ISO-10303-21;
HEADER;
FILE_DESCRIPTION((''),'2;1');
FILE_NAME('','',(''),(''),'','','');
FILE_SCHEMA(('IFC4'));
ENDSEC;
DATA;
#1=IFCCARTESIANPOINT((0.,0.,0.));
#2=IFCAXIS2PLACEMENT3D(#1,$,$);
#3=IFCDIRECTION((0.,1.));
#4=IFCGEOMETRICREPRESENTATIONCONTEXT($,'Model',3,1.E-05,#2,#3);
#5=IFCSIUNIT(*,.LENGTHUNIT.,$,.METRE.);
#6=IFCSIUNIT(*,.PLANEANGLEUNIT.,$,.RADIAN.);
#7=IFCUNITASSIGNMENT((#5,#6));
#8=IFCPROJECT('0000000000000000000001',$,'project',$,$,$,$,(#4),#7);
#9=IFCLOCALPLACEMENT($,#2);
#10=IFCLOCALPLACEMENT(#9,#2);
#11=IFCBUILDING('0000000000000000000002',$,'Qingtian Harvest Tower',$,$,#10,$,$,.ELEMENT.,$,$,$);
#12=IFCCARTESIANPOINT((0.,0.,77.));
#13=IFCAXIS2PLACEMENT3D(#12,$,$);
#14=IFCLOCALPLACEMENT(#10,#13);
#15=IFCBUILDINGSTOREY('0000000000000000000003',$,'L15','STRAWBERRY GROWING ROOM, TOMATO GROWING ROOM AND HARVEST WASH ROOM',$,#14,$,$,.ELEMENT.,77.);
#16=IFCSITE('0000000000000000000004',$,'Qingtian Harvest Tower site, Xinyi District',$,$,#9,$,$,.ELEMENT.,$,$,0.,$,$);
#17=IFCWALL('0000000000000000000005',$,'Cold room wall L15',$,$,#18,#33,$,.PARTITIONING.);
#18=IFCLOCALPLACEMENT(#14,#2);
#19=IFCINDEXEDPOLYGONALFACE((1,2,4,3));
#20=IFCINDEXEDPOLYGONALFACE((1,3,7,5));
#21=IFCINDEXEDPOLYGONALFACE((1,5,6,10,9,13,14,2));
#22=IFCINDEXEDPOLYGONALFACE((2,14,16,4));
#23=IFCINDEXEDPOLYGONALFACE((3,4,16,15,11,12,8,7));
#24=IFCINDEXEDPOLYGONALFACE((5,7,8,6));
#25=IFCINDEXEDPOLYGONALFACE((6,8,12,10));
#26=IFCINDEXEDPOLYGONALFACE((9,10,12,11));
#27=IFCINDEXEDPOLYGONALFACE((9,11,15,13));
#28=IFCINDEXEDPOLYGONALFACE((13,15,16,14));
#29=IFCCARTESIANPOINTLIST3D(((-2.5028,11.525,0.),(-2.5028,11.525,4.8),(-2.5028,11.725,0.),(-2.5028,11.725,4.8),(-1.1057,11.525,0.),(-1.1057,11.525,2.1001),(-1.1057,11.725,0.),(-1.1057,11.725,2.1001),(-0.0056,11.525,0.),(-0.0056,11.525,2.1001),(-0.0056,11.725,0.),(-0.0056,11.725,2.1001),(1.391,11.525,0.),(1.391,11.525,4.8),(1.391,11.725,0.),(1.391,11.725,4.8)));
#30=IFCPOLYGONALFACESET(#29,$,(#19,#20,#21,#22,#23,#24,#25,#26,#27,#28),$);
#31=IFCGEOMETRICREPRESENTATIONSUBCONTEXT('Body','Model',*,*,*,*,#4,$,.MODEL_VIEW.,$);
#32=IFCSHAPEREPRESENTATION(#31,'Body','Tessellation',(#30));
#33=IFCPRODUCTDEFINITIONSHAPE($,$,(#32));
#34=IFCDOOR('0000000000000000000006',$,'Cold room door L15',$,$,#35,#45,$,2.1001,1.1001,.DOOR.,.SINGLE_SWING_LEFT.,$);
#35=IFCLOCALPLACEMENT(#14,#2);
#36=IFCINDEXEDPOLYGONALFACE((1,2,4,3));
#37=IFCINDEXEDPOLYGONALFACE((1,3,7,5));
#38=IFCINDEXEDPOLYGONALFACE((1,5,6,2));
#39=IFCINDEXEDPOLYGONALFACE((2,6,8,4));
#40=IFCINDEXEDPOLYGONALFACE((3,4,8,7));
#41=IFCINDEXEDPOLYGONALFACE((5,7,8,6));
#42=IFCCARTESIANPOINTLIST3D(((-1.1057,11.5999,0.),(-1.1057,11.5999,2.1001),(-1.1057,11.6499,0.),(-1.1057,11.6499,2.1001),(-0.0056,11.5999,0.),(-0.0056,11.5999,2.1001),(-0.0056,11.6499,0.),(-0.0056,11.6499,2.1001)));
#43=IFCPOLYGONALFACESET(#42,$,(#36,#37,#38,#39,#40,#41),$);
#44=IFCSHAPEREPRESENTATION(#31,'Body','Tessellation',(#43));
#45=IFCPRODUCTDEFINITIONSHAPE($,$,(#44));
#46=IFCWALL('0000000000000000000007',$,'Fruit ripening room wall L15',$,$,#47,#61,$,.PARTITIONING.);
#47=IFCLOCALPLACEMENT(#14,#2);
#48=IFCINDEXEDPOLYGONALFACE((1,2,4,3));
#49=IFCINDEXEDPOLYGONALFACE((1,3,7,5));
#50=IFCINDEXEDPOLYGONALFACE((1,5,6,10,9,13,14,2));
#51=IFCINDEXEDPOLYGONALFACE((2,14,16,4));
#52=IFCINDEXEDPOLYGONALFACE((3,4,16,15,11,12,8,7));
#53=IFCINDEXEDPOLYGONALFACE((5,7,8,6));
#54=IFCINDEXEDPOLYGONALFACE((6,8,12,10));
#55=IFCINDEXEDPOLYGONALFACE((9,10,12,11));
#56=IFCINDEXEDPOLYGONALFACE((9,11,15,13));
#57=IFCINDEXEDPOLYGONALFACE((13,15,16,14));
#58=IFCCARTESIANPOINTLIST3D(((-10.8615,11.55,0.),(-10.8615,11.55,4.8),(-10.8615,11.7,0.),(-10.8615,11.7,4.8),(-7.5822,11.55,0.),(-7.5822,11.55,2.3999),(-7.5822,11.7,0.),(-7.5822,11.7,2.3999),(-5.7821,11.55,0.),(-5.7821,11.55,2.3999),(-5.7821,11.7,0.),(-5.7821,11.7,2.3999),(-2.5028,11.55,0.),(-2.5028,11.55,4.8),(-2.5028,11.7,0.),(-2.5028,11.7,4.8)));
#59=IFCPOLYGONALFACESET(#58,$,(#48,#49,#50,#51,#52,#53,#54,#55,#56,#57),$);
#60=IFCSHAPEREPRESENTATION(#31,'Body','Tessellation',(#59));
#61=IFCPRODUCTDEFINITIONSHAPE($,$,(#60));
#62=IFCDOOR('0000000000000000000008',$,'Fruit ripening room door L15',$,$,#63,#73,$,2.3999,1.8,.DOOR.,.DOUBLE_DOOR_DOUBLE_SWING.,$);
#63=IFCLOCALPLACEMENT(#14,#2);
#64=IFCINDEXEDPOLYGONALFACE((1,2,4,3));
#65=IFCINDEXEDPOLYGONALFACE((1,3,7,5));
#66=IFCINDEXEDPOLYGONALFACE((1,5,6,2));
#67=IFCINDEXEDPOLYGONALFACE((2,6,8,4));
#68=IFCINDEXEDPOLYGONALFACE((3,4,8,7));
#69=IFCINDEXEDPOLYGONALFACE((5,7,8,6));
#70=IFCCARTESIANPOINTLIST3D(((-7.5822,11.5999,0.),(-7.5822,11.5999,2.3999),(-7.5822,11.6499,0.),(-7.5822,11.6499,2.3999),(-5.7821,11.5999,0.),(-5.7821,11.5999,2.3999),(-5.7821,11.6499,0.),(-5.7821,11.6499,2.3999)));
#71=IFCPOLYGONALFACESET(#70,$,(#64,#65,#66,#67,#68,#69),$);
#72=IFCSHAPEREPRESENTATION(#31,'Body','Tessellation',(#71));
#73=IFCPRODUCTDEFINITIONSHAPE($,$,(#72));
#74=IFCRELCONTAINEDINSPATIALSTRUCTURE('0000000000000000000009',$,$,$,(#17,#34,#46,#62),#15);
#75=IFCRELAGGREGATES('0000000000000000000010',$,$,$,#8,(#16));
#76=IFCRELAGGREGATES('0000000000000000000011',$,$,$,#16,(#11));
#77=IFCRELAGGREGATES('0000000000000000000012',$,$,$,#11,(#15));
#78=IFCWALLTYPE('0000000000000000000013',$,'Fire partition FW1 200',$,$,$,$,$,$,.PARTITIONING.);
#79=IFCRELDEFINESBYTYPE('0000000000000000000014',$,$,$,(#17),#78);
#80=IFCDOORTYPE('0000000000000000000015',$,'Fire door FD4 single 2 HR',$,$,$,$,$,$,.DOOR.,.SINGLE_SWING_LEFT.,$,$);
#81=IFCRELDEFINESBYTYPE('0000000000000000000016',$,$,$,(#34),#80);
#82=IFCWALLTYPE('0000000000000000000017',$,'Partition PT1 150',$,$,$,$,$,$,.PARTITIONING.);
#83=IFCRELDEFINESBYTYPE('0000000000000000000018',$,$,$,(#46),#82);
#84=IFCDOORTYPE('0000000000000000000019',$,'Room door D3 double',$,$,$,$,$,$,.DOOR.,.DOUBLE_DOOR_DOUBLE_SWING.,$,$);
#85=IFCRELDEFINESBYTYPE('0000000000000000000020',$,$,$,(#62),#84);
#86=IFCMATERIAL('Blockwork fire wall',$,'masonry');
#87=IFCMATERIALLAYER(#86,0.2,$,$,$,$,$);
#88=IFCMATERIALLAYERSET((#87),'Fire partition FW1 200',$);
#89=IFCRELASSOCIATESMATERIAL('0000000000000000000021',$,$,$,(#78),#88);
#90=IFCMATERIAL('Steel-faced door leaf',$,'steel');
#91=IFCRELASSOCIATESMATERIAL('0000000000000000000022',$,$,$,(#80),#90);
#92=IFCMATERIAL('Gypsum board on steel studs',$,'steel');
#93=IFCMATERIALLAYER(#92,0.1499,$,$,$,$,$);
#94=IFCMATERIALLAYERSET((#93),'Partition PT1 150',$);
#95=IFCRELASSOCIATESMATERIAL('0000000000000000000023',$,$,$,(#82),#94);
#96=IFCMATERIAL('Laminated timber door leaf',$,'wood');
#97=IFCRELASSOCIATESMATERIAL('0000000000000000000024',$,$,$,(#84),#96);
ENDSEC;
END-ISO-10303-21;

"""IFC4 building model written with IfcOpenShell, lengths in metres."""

from ifc_helpers import new_model, si_unit, direction, frame, frame_2d, origin, place, context, subcontext, project, spatial, rectangle, extrude, material, layer, layer_set, type_object, element, fill, save


model = new_model("IFC4")

# Units and contexts
model_context = context("Model", 3, precision=1e-05, world=origin(), true_north=direction((0.0, 1.0)))
body_context = subcontext(model_context, "Body", "Model", "MODEL_VIEW")
ifc_project = project(units=[si_unit("LENGTHUNIT", "METRE"), si_unit("PLANEANGLEUNIT", "RADIAN")], contexts=[model_context])

# Site, building, storey
site_placement = place(None, origin())
site = spatial("IfcSite", under=ifc_project, at=site_placement, Name="Qingtian Harvest Tower site, Xinyi District", CompositionType="ELEMENT", RefElevation=0.0)
building_placement = place(site_placement, origin())
building = spatial("IfcBuilding", under=site, at=building_placement, Name="Qingtian Harvest Tower", CompositionType="ELEMENT")
storey_placement = place(building_placement, frame((0.0, 0.0, 77.0)))
storey = spatial("IfcBuildingStorey", under=building, at=storey_placement, Name="L15", Description="STRAWBERRY GROWING ROOM, TOMATO GROWING ROOM AND HARVEST WASH ROOM", CompositionType="ELEMENT", Elevation=77.0)

# Shared definitions
ifc_material_1 = material(Name="Blockwork fire wall", Category="masonry")
ifc_layer_1 = layer(ifc_material_1, 0.2)
ifc_layer_set_1 = layer_set([ifc_layer_1], Name="Fire partition FW1 200")
wall_type_1 = type_object("IfcWallType", Name="Fire partition FW1 200", PredefinedType="PARTITIONING", material=ifc_layer_set_1)

# Walls, openings, doors
wall_1_placement = place(storey_placement, frame((-2.5027, 11.625, 0.0), z_axis=(0.0, 0.0, 1.0), x_axis=(1.0, 0.0, 0.0)))
wall_1 = element("IfcWall", 1, at=wall_1_placement, inside=storey, type_object=wall_type_1, Name="Cold room wall L15", PredefinedType="PARTITIONING", context=body_context, shape_type="SweptSolid", body=[
    extrude(rectangle(XDim=3.8938, YDim=0.2, at=frame_2d((1.9468, 0.0))), origin(), (0.0, 0.0, 1.0), 4.8),
])
opening_1_placement = place(wall_1_placement, frame((1.397, 0.0, 0.0)))
opening_1 = element("IfcOpeningElement", 2, at=opening_1_placement, cuts=wall_1, PredefinedType="OPENING", context=body_context, shape_type="SweptSolid", body=[
    extrude(rectangle(XDim=1.1001, YDim=2.1001, at=frame_2d((0.55, 1.05))), frame((0.0, 0.1099, 0.0), z_axis=(0.0, -1.0, 0.0), x_axis=(1.0, 0.0, 0.0)), (0.0, 0.0, 1.0), 0.22),
])
ifc_material_2 = material(Name="Steel-faced door leaf", Category="steel")
door_type_1 = type_object("IfcDoorType", Name="Fire door FD4 single 2 HR", OperationType="SINGLE_SWING_LEFT", PredefinedType="DOOR", material=ifc_material_2)
door_1_placement = place(opening_1_placement, origin())
door_1 = element("IfcDoor", 3, at=door_1_placement, inside=storey, type_object=door_type_1, Name="Cold room door L15", OperationType="SINGLE_SWING_LEFT", OverallHeight=2.1001, OverallWidth=1.1001, PredefinedType="DOOR", context=body_context, shape_type="SweptSolid", body=[
    extrude(rectangle(XDim=1.1001, YDim=2.1001, at=frame_2d((0.55, 1.05))), frame((0.0, 0.0249, 0.0), z_axis=(0.0, -1.0, 0.0), x_axis=(1.0, 0.0, 0.0)), (0.0, 0.0, 1.0), 0.05),
])
fill(opening_1, door_1)
ifc_material_3 = material(Name="Gypsum board on steel studs", Category="steel")
ifc_layer_2 = layer(ifc_material_3, 0.1499)
ifc_layer_set_2 = layer_set([ifc_layer_2], Name="Partition PT1 150")
wall_type_2 = type_object("IfcWallType", Name="Partition PT1 150", PredefinedType="PARTITIONING", material=ifc_layer_set_2)
wall_2_placement = place(storey_placement, frame((-10.8613, 11.625, 0.0), z_axis=(0.0, 0.0, 1.0), x_axis=(1.0, 0.0, 0.0)))
wall_2 = element("IfcWall", 4, at=wall_2_placement, inside=storey, type_object=wall_type_2, Name="Fruit ripening room wall L15", PredefinedType="PARTITIONING", context=body_context, shape_type="SweptSolid", body=[
    extrude(rectangle(XDim=8.3586, YDim=0.1499, at=frame_2d((4.1792, 0.0))), origin(), (0.0, 0.0, 1.0), 4.8),
])
opening_2_placement = place(wall_2_placement, frame((3.2793, 0.0, 0.0)))
opening_2 = element("IfcOpeningElement", 5, at=opening_2_placement, cuts=wall_2, PredefinedType="OPENING", context=body_context, shape_type="SweptSolid", body=[
    extrude(rectangle(XDim=1.8, YDim=2.3999, at=frame_2d((0.8999, 1.2))), frame((0.0, 0.085, 0.0), z_axis=(0.0, -1.0, 0.0), x_axis=(1.0, 0.0, 0.0)), (0.0, 0.0, 1.0), 0.1699),
])
ifc_material_4 = material(Name="Laminated timber door leaf", Category="wood")
door_type_2 = type_object("IfcDoorType", Name="Room door D3 double", OperationType="DOUBLE_DOOR_DOUBLE_SWING", PredefinedType="DOOR", material=ifc_material_4)
door_2_placement = place(opening_2_placement, origin())
door_2 = element("IfcDoor", 6, at=door_2_placement, inside=storey, type_object=door_type_2, Name="Fruit ripening room door L15", OperationType="DOUBLE_DOOR_DOUBLE_SWING", OverallHeight=2.3999, OverallWidth=1.8, PredefinedType="DOOR", context=body_context, shape_type="SweptSolid", body=[
    extrude(rectangle(XDim=1.8, YDim=2.3999, at=frame_2d((0.8999, 1.2))), frame((0.0, 0.0249, 0.0), z_axis=(0.0, -1.0, 0.0), x_axis=(1.0, 0.0, 0.0)), (0.0, 0.0, 1.0), 0.05),
])
fill(opening_2, door_2)

save(model, "model.ifc")
